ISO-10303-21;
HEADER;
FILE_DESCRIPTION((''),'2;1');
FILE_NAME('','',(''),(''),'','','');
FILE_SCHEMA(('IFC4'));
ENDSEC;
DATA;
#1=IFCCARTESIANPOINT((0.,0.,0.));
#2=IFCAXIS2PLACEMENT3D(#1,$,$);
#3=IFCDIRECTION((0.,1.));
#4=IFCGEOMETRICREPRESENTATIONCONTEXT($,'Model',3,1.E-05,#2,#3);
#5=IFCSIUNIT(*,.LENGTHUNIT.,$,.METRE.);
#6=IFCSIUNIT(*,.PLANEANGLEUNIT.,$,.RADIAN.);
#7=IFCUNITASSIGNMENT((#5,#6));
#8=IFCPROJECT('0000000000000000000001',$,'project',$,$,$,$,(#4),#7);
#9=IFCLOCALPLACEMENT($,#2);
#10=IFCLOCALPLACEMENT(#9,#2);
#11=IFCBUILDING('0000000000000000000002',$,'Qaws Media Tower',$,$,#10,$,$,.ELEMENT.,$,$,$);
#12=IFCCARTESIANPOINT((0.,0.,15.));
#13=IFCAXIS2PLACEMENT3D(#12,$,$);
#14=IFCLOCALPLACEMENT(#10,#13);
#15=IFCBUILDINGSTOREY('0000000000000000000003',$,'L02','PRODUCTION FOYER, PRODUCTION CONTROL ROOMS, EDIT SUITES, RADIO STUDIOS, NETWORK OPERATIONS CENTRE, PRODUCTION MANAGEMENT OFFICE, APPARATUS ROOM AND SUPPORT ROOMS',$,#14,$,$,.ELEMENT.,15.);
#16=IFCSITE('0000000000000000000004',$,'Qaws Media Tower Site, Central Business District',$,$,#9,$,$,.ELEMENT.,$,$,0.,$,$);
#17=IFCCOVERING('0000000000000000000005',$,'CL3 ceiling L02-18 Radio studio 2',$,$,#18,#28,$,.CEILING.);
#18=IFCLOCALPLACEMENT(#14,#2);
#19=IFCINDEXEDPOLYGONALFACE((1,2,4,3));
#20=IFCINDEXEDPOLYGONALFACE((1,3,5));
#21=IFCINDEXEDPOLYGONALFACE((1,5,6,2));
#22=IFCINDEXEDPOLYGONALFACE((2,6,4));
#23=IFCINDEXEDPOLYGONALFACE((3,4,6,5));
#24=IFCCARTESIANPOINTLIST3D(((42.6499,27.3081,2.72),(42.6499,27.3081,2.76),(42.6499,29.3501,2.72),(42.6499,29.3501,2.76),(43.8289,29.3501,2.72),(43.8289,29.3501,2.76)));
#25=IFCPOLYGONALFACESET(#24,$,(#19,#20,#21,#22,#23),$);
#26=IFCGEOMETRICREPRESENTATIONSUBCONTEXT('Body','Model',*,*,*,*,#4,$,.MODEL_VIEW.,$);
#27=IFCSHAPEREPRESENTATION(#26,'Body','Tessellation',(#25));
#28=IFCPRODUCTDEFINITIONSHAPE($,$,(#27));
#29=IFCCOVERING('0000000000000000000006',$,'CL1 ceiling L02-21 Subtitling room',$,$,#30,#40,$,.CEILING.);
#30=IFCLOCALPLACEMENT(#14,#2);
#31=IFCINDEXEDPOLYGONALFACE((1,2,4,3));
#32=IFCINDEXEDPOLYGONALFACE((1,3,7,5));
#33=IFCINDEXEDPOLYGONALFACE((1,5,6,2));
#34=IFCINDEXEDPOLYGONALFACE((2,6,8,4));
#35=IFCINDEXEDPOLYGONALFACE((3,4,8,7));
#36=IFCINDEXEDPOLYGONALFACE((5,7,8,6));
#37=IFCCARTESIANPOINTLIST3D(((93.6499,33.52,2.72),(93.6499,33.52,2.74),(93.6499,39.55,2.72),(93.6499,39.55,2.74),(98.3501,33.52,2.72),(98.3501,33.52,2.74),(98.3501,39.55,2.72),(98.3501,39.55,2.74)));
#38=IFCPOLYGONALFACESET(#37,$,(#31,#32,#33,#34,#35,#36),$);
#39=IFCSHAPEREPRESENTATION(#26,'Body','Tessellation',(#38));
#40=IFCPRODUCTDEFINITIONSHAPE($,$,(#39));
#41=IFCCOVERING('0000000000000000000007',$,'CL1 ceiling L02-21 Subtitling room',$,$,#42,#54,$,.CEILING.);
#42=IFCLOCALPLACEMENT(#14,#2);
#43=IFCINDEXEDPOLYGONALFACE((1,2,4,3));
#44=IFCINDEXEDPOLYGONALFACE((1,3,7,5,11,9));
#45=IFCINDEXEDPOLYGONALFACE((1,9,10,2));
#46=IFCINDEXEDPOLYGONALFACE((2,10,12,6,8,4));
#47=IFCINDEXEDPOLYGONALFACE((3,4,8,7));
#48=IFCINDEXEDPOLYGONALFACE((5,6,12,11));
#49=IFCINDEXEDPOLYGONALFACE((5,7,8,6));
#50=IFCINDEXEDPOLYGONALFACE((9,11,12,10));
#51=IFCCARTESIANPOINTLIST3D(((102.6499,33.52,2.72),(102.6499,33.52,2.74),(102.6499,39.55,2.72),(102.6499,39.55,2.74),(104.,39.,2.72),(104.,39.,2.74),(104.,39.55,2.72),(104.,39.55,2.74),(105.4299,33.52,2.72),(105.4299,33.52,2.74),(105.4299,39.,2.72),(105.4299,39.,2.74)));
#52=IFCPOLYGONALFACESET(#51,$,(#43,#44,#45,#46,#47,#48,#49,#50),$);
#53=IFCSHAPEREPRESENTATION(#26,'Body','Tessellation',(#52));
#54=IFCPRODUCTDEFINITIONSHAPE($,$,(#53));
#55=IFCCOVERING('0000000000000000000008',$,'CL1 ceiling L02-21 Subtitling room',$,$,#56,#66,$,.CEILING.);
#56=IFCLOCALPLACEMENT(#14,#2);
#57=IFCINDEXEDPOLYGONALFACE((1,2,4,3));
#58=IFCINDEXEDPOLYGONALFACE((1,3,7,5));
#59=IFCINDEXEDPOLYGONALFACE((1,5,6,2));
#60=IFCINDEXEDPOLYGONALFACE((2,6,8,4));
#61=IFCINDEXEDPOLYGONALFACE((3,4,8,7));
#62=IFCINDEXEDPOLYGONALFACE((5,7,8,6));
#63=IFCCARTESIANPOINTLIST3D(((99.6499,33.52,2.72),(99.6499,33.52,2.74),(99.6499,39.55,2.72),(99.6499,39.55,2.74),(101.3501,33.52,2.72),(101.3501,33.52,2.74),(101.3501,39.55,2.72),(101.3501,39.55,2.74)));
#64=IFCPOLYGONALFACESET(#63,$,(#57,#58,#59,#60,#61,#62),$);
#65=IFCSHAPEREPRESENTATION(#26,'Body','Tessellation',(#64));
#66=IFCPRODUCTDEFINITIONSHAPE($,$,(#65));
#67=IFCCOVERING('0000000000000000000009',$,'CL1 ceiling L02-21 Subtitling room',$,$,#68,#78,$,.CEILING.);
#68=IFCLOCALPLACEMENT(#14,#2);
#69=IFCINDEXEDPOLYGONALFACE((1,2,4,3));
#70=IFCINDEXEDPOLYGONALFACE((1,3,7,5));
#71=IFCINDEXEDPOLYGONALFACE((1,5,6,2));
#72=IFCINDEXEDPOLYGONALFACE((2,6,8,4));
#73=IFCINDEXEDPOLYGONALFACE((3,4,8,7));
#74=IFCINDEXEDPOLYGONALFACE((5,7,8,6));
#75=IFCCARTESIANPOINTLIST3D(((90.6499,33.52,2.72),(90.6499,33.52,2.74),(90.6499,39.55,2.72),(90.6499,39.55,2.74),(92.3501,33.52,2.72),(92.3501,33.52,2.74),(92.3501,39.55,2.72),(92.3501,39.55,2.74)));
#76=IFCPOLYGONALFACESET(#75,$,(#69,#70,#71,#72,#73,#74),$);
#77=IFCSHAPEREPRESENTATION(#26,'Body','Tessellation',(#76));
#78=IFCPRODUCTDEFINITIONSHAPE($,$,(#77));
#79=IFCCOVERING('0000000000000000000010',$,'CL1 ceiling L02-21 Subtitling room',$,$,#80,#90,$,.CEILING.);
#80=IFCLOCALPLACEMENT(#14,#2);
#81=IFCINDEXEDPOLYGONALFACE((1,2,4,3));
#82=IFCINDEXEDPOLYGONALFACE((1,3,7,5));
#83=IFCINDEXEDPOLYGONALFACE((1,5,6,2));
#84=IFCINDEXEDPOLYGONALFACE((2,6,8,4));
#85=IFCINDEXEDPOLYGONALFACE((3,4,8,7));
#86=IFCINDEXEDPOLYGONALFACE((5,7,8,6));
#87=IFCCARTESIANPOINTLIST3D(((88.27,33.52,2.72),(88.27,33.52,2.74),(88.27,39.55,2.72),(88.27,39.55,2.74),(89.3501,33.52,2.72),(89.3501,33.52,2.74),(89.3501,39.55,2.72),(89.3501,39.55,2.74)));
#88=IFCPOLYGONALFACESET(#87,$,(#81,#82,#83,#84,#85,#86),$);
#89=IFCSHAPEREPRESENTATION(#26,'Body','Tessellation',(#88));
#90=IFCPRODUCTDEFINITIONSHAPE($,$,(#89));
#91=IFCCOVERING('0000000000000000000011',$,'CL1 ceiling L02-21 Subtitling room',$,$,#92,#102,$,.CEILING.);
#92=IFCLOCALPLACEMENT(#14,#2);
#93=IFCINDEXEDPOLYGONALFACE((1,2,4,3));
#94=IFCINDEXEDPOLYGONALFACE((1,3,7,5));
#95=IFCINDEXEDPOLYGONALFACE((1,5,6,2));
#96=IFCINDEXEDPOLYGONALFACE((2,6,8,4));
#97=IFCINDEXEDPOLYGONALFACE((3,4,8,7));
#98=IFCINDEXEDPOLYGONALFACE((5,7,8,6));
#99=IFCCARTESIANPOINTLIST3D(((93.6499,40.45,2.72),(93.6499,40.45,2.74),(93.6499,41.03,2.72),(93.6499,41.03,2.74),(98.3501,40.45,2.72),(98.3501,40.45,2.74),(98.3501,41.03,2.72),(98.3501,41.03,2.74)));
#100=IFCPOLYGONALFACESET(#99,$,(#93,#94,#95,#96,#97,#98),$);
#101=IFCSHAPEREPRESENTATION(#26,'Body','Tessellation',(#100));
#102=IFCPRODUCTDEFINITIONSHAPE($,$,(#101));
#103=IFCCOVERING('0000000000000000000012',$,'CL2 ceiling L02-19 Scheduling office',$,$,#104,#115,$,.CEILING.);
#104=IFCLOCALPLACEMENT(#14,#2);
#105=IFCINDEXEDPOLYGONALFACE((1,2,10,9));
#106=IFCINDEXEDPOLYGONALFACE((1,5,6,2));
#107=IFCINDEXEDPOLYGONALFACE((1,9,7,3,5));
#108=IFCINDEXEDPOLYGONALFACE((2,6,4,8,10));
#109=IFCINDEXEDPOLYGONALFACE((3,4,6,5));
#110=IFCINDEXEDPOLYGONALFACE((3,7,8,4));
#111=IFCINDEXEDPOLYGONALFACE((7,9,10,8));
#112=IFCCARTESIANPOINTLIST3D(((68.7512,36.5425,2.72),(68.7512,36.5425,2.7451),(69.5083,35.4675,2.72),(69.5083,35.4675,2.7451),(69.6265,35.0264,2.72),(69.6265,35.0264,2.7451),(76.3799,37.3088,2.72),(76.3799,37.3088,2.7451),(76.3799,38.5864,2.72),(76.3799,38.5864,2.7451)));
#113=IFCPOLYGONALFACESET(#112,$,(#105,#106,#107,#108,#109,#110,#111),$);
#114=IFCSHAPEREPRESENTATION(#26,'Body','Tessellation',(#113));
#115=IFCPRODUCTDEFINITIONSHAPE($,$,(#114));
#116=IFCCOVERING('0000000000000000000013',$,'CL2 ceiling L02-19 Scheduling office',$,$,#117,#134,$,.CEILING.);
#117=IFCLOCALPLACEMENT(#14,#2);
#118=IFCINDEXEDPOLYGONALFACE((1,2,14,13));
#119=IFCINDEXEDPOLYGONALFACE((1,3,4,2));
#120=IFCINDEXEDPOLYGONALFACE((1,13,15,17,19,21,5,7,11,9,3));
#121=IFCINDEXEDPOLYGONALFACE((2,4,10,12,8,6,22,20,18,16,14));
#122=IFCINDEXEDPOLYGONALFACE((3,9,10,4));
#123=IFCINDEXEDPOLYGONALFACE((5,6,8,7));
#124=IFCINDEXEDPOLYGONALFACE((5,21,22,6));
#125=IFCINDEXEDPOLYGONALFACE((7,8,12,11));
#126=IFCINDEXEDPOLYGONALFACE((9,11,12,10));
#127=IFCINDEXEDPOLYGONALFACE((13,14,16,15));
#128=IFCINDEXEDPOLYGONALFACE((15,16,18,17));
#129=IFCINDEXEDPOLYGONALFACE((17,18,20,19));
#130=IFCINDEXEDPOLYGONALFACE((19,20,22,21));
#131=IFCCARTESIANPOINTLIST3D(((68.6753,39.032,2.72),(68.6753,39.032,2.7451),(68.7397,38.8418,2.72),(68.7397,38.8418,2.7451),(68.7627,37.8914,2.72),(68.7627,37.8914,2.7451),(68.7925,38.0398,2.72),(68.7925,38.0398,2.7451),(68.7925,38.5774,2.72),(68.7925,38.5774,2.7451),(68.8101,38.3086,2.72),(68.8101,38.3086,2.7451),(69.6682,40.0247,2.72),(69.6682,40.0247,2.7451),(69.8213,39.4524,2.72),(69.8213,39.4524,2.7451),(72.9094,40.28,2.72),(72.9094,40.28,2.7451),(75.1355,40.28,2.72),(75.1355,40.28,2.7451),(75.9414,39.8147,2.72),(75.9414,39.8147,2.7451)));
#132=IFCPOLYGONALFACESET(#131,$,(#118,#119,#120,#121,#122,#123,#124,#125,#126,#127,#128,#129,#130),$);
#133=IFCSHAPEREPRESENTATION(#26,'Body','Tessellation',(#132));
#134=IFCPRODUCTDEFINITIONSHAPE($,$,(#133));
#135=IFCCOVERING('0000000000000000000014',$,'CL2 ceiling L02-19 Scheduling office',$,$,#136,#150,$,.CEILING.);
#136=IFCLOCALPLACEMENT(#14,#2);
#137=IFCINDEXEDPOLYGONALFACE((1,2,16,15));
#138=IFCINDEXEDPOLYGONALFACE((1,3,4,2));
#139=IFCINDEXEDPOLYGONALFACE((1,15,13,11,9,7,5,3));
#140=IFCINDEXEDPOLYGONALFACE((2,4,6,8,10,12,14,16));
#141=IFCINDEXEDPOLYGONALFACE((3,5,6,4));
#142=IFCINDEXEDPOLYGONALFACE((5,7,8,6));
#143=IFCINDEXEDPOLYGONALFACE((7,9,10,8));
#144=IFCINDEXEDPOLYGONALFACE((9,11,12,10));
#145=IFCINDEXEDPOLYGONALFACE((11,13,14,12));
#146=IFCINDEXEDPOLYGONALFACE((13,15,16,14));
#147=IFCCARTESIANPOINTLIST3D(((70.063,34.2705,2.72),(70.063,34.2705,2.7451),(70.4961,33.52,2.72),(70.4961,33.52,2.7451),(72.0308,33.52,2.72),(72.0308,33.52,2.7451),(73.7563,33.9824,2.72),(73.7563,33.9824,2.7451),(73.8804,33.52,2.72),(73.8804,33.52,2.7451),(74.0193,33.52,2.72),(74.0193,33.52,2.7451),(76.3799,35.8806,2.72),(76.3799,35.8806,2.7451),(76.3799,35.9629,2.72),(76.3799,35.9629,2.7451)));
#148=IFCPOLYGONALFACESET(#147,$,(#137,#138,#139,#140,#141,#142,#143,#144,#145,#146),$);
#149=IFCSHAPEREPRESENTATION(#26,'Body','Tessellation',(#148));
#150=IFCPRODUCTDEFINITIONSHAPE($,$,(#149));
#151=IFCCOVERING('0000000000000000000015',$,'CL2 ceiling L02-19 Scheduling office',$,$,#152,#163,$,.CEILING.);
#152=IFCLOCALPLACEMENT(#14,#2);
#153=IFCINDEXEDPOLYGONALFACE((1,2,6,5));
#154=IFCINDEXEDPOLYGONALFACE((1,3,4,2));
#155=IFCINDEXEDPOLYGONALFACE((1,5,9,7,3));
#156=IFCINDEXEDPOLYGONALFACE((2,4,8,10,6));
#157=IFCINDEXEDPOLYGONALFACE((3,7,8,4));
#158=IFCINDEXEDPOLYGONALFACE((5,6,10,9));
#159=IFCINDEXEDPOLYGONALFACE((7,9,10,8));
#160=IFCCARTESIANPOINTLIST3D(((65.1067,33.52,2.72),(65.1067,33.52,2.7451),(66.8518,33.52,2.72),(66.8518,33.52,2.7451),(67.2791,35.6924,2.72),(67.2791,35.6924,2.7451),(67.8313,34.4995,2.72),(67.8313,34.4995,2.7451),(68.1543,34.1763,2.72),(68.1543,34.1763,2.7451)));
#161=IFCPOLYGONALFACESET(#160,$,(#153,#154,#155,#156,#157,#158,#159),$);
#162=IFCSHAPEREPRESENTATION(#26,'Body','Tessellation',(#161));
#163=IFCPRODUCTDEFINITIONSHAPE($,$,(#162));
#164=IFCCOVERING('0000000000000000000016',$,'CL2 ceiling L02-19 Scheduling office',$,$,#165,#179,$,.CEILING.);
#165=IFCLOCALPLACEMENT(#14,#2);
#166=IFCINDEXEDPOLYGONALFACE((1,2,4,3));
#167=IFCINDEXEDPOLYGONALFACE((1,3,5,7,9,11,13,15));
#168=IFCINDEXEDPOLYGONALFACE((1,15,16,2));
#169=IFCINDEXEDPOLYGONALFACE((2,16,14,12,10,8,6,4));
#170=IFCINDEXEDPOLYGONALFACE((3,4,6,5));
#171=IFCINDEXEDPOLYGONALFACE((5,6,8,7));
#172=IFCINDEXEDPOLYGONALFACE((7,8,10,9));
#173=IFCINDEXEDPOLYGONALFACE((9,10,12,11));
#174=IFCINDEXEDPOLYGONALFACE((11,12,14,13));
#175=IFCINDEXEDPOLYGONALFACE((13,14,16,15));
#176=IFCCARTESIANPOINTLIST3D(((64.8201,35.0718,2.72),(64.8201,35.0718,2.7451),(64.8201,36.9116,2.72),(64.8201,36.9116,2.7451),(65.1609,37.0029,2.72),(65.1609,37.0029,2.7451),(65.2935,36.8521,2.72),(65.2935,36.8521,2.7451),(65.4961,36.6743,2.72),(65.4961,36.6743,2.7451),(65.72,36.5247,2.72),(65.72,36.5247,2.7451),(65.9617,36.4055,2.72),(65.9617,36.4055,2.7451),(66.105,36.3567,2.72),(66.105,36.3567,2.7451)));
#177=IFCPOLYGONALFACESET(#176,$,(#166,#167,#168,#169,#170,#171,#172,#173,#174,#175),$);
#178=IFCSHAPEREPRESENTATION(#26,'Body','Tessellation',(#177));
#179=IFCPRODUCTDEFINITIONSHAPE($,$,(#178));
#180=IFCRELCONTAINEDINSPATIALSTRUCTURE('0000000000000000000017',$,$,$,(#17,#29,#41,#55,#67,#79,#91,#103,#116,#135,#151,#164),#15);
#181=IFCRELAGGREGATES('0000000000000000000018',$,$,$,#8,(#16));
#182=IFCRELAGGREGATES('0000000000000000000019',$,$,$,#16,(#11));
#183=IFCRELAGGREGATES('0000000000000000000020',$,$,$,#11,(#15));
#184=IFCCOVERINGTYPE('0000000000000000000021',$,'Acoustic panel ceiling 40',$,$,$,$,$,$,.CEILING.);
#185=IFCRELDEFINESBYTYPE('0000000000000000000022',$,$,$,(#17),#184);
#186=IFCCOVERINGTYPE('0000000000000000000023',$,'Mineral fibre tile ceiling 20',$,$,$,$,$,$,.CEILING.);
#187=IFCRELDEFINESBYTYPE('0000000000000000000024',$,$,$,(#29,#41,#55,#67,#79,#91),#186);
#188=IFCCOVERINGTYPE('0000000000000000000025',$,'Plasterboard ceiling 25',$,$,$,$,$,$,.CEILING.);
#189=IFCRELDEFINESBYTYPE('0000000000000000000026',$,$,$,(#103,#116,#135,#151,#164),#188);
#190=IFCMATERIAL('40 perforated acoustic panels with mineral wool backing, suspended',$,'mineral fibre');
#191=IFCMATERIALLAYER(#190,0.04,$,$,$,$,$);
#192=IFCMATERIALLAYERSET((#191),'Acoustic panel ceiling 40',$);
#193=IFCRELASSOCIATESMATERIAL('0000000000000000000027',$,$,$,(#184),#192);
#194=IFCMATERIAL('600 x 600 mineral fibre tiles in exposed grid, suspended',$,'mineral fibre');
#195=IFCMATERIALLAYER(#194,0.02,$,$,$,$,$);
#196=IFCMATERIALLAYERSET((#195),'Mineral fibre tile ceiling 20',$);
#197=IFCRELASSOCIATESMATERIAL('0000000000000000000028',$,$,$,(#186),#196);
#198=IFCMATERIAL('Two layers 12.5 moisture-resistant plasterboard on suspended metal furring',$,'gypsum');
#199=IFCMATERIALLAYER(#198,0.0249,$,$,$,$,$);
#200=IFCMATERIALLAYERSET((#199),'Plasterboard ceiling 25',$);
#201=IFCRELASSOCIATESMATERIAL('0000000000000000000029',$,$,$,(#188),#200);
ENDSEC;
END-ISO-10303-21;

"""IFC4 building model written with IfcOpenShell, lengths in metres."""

from ifc_helpers import new_model, si_unit, direction, frame, origin, place, context, subcontext, project, spatial, polyline, outline, extrude, material, layer, layer_set, type_object, element, save


model = new_model("IFC4")

# Units and contexts
model_context = context("Model", 3, precision=1e-05, world=origin(), true_north=direction((0.0, 1.0)))
body_context = subcontext(model_context, "Body", "Model", "MODEL_VIEW")
ifc_project = project(units=[si_unit("LENGTHUNIT", "METRE"), si_unit("PLANEANGLEUNIT", "RADIAN")], contexts=[model_context])

# Site, building, storey
site_placement = place(None, origin())
site = spatial("IfcSite", under=ifc_project, at=site_placement, Name="Qaws Media Tower Site, Central Business District", CompositionType="ELEMENT", RefElevation=0.0)
building_placement = place(site_placement, origin())
building = spatial("IfcBuilding", under=site, at=building_placement, Name="Qaws Media Tower", CompositionType="ELEMENT")
storey_placement = place(building_placement, frame((0.0, 0.0, 15.0)))
storey = spatial("IfcBuildingStorey", under=building, at=storey_placement, Name="L02", Description="PRODUCTION FOYER, PRODUCTION CONTROL ROOMS, EDIT SUITES, RADIO STUDIOS, NETWORK OPERATIONS CENTRE, PRODUCTION MANAGEMENT OFFICE, APPARATUS ROOM AND SUPPORT ROOMS", CompositionType="ELEMENT", Elevation=15.0)

# Coverings
ifc_material_1 = material(Name="40 perforated acoustic panels with mineral wool backing, suspended", Category="mineral fibre")
ifc_layer_1 = layer(ifc_material_1, 0.04)
ifc_layer_set_1 = layer_set([ifc_layer_1], Name="Acoustic panel ceiling 40")
covering_type_1 = type_object("IfcCoveringType", Name="Acoustic panel ceiling 40", PredefinedType="CEILING", material=ifc_layer_set_1)
covering_1_placement = place(storey_placement, frame((0.0, 0.0, 2.72)))
element("IfcCovering", 1, at=covering_1_placement, inside=storey, type_object=covering_type_1, Name="CL3 ceiling L02-18 Radio studio 2", PredefinedType="CEILING", context=body_context, shape_type="SweptSolid", body=[
    extrude(outline(polyline([(43.8289, 29.3501), (42.6499, 27.3081), (42.6499, 29.3501), (43.8289, 29.3501)])), origin(), (0.0, 0.0, 1.0), 0.04),
])
ifc_material_2 = material(Name="600 x 600 mineral fibre tiles in exposed grid, suspended", Category="mineral fibre")
ifc_layer_2 = layer(ifc_material_2, 0.02)
ifc_layer_set_2 = layer_set([ifc_layer_2], Name="Mineral fibre tile ceiling 20")
covering_type_2 = type_object("IfcCoveringType", Name="Mineral fibre tile ceiling 20", PredefinedType="CEILING", material=ifc_layer_set_2)
covering_2_placement = place(storey_placement, frame((0.0, 0.0, 2.72)))
element("IfcCovering", 2, at=covering_2_placement, inside=storey, type_object=covering_type_2, Name="CL1 ceiling L02-21 Subtitling room", PredefinedType="CEILING", context=body_context, shape_type="SweptSolid", body=[
    extrude(outline(polyline([(93.6499, 33.52), (93.6499, 39.55), (98.3501, 39.55), (98.3501, 33.52), (93.6499, 33.52)])), origin(), (0.0, 0.0, 1.0), 0.02),
])
covering_3_placement = place(storey_placement, frame((0.0, 0.0, 2.72)))
element("IfcCovering", 3, at=covering_3_placement, inside=storey, type_object=covering_type_2, Name="CL1 ceiling L02-21 Subtitling room", PredefinedType="CEILING", context=body_context, shape_type="SweptSolid", body=[
    extrude(outline(polyline([(104.0, 39.0), (105.4299, 39.0), (105.4299, 33.52), (102.6499, 33.52), (102.6499, 39.55), (104.0, 39.55), (104.0, 39.0)])), origin(), (0.0, 0.0, 1.0), 0.02),
])
covering_4_placement = place(storey_placement, frame((0.0, 0.0, 2.72)))
element("IfcCovering", 4, at=covering_4_placement, inside=storey, type_object=covering_type_2, Name="CL1 ceiling L02-21 Subtitling room", PredefinedType="CEILING", context=body_context, shape_type="SweptSolid", body=[
    extrude(outline(polyline([(99.6499, 33.52), (99.6499, 39.55), (101.3501, 39.55), (101.3501, 33.52), (99.6499, 33.52)])), origin(), (0.0, 0.0, 1.0), 0.02),
])
covering_5_placement = place(storey_placement, frame((0.0, 0.0, 2.72)))
element("IfcCovering", 5, at=covering_5_placement, inside=storey, type_object=covering_type_2, Name="CL1 ceiling L02-21 Subtitling room", PredefinedType="CEILING", context=body_context, shape_type="SweptSolid", body=[
    extrude(outline(polyline([(90.6499, 33.52), (90.6499, 39.55), (92.3501, 39.55), (92.3501, 33.52), (90.6499, 33.52)])), origin(), (0.0, 0.0, 1.0), 0.02),
])
covering_6_placement = place(storey_placement, frame((0.0, 0.0, 2.72)))
element("IfcCovering", 6, at=covering_6_placement, inside=storey, type_object=covering_type_2, Name="CL1 ceiling L02-21 Subtitling room", PredefinedType="CEILING", context=body_context, shape_type="SweptSolid", body=[
    extrude(outline(polyline([(88.27, 33.52), (88.27, 39.55), (89.3501, 39.55), (89.3501, 33.52), (88.27, 33.52)])), origin(), (0.0, 0.0, 1.0), 0.02),
])
covering_7_placement = place(storey_placement, frame((0.0, 0.0, 2.72)))
element("IfcCovering", 7, at=covering_7_placement, inside=storey, type_object=covering_type_2, Name="CL1 ceiling L02-21 Subtitling room", PredefinedType="CEILING", context=body_context, shape_type="SweptSolid", body=[
    extrude(outline(polyline([(98.3501, 41.03), (98.3501, 40.45), (93.6499, 40.45), (93.6499, 41.03), (98.3501, 41.03)])), origin(), (0.0, 0.0, 1.0), 0.02),
])
ifc_material_3 = material(Name="Two layers 12.5 moisture-resistant plasterboard on suspended metal furring", Category="gypsum")
ifc_layer_3 = layer(ifc_material_3, 0.0249)
ifc_layer_set_3 = layer_set([ifc_layer_3], Name="Plasterboard ceiling 25")
covering_type_3 = type_object("IfcCoveringType", Name="Plasterboard ceiling 25", PredefinedType="CEILING", material=ifc_layer_set_3)
covering_8_placement = place(storey_placement, frame((0.0, 0.0, 2.72)))
element("IfcCovering", 8, at=covering_8_placement, inside=storey, type_object=covering_type_3, Name="CL2 ceiling L02-19 Scheduling office", PredefinedType="CEILING", context=body_context, shape_type="SweptSolid", body=[
    extrude(outline(polyline([(76.3799, 37.3088), (69.5083, 35.4675), (69.6265, 35.0264), (68.7512, 36.5425), (76.3799, 38.5864), (76.3799, 37.3088)])), origin(), (0.0, 0.0, 1.0), 0.0251),
])
covering_9_placement = place(storey_placement, frame((0.0, 0.0, 2.72)))
element("IfcCovering", 9, at=covering_9_placement, inside=storey, type_object=covering_type_3, Name="CL2 ceiling L02-19 Scheduling office", PredefinedType="CEILING", context=body_context, shape_type="SweptSolid", body=[
    extrude(outline(polyline([(68.7925, 38.0398), (68.8101, 38.3086), (68.7925, 38.5774), (68.7397, 38.8418), (68.6753, 39.032), (69.6682, 40.0247), (69.8213, 39.4524), (72.9094, 40.28), (75.1355, 40.28), (75.9414, 39.8147), (68.7627, 37.8914), (68.7925, 38.0398)])), origin(), (0.0, 0.0, 1.0), 0.0251),
])
covering_10_placement = place(storey_placement, frame((0.0, 0.0, 2.72)))
element("IfcCovering", 10, at=covering_10_placement, inside=storey, type_object=covering_type_3, Name="CL2 ceiling L02-19 Scheduling office", PredefinedType="CEILING", context=body_context, shape_type="SweptSolid", body=[
    extrude(outline(polyline([(76.3799, 35.8806), (74.0193, 33.52), (73.8804, 33.52), (73.7563, 33.9824), (72.0308, 33.52), (70.4961, 33.52), (70.063, 34.2705), (76.3799, 35.9629), (76.3799, 35.8806)])), origin(), (0.0, 0.0, 1.0), 0.0251),
])
covering_11_placement = place(storey_placement, frame((0.0, 0.0, 2.72)))
element("IfcCovering", 11, at=covering_11_placement, inside=storey, type_object=covering_type_3, Name="CL2 ceiling L02-19 Scheduling office", PredefinedType="CEILING", context=body_context, shape_type="SweptSolid", body=[
    extrude(outline(polyline([(65.1067, 33.52), (67.2791, 35.6924), (68.1543, 34.1763), (67.8313, 34.4995), (66.8518, 33.52), (65.1067, 33.52)])), origin(), (0.0, 0.0, 1.0), 0.0251),
])
covering_12_placement = place(storey_placement, frame((0.0, 0.0, 2.72)))
element("IfcCovering", 12, at=covering_12_placement, inside=storey, type_object=covering_type_3, Name="CL2 ceiling L02-19 Scheduling office", PredefinedType="CEILING", context=body_context, shape_type="SweptSolid", body=[
    extrude(outline(polyline([(64.8201, 36.9116), (65.1609, 37.0029), (65.2935, 36.8521), (65.4961, 36.6743), (65.72, 36.5247), (65.9617, 36.4055), (66.105, 36.3567), (64.8201, 35.0718), (64.8201, 36.9116)])), origin(), (0.0, 0.0, 1.0), 0.0251),
])

save(model, "model.ifc")
